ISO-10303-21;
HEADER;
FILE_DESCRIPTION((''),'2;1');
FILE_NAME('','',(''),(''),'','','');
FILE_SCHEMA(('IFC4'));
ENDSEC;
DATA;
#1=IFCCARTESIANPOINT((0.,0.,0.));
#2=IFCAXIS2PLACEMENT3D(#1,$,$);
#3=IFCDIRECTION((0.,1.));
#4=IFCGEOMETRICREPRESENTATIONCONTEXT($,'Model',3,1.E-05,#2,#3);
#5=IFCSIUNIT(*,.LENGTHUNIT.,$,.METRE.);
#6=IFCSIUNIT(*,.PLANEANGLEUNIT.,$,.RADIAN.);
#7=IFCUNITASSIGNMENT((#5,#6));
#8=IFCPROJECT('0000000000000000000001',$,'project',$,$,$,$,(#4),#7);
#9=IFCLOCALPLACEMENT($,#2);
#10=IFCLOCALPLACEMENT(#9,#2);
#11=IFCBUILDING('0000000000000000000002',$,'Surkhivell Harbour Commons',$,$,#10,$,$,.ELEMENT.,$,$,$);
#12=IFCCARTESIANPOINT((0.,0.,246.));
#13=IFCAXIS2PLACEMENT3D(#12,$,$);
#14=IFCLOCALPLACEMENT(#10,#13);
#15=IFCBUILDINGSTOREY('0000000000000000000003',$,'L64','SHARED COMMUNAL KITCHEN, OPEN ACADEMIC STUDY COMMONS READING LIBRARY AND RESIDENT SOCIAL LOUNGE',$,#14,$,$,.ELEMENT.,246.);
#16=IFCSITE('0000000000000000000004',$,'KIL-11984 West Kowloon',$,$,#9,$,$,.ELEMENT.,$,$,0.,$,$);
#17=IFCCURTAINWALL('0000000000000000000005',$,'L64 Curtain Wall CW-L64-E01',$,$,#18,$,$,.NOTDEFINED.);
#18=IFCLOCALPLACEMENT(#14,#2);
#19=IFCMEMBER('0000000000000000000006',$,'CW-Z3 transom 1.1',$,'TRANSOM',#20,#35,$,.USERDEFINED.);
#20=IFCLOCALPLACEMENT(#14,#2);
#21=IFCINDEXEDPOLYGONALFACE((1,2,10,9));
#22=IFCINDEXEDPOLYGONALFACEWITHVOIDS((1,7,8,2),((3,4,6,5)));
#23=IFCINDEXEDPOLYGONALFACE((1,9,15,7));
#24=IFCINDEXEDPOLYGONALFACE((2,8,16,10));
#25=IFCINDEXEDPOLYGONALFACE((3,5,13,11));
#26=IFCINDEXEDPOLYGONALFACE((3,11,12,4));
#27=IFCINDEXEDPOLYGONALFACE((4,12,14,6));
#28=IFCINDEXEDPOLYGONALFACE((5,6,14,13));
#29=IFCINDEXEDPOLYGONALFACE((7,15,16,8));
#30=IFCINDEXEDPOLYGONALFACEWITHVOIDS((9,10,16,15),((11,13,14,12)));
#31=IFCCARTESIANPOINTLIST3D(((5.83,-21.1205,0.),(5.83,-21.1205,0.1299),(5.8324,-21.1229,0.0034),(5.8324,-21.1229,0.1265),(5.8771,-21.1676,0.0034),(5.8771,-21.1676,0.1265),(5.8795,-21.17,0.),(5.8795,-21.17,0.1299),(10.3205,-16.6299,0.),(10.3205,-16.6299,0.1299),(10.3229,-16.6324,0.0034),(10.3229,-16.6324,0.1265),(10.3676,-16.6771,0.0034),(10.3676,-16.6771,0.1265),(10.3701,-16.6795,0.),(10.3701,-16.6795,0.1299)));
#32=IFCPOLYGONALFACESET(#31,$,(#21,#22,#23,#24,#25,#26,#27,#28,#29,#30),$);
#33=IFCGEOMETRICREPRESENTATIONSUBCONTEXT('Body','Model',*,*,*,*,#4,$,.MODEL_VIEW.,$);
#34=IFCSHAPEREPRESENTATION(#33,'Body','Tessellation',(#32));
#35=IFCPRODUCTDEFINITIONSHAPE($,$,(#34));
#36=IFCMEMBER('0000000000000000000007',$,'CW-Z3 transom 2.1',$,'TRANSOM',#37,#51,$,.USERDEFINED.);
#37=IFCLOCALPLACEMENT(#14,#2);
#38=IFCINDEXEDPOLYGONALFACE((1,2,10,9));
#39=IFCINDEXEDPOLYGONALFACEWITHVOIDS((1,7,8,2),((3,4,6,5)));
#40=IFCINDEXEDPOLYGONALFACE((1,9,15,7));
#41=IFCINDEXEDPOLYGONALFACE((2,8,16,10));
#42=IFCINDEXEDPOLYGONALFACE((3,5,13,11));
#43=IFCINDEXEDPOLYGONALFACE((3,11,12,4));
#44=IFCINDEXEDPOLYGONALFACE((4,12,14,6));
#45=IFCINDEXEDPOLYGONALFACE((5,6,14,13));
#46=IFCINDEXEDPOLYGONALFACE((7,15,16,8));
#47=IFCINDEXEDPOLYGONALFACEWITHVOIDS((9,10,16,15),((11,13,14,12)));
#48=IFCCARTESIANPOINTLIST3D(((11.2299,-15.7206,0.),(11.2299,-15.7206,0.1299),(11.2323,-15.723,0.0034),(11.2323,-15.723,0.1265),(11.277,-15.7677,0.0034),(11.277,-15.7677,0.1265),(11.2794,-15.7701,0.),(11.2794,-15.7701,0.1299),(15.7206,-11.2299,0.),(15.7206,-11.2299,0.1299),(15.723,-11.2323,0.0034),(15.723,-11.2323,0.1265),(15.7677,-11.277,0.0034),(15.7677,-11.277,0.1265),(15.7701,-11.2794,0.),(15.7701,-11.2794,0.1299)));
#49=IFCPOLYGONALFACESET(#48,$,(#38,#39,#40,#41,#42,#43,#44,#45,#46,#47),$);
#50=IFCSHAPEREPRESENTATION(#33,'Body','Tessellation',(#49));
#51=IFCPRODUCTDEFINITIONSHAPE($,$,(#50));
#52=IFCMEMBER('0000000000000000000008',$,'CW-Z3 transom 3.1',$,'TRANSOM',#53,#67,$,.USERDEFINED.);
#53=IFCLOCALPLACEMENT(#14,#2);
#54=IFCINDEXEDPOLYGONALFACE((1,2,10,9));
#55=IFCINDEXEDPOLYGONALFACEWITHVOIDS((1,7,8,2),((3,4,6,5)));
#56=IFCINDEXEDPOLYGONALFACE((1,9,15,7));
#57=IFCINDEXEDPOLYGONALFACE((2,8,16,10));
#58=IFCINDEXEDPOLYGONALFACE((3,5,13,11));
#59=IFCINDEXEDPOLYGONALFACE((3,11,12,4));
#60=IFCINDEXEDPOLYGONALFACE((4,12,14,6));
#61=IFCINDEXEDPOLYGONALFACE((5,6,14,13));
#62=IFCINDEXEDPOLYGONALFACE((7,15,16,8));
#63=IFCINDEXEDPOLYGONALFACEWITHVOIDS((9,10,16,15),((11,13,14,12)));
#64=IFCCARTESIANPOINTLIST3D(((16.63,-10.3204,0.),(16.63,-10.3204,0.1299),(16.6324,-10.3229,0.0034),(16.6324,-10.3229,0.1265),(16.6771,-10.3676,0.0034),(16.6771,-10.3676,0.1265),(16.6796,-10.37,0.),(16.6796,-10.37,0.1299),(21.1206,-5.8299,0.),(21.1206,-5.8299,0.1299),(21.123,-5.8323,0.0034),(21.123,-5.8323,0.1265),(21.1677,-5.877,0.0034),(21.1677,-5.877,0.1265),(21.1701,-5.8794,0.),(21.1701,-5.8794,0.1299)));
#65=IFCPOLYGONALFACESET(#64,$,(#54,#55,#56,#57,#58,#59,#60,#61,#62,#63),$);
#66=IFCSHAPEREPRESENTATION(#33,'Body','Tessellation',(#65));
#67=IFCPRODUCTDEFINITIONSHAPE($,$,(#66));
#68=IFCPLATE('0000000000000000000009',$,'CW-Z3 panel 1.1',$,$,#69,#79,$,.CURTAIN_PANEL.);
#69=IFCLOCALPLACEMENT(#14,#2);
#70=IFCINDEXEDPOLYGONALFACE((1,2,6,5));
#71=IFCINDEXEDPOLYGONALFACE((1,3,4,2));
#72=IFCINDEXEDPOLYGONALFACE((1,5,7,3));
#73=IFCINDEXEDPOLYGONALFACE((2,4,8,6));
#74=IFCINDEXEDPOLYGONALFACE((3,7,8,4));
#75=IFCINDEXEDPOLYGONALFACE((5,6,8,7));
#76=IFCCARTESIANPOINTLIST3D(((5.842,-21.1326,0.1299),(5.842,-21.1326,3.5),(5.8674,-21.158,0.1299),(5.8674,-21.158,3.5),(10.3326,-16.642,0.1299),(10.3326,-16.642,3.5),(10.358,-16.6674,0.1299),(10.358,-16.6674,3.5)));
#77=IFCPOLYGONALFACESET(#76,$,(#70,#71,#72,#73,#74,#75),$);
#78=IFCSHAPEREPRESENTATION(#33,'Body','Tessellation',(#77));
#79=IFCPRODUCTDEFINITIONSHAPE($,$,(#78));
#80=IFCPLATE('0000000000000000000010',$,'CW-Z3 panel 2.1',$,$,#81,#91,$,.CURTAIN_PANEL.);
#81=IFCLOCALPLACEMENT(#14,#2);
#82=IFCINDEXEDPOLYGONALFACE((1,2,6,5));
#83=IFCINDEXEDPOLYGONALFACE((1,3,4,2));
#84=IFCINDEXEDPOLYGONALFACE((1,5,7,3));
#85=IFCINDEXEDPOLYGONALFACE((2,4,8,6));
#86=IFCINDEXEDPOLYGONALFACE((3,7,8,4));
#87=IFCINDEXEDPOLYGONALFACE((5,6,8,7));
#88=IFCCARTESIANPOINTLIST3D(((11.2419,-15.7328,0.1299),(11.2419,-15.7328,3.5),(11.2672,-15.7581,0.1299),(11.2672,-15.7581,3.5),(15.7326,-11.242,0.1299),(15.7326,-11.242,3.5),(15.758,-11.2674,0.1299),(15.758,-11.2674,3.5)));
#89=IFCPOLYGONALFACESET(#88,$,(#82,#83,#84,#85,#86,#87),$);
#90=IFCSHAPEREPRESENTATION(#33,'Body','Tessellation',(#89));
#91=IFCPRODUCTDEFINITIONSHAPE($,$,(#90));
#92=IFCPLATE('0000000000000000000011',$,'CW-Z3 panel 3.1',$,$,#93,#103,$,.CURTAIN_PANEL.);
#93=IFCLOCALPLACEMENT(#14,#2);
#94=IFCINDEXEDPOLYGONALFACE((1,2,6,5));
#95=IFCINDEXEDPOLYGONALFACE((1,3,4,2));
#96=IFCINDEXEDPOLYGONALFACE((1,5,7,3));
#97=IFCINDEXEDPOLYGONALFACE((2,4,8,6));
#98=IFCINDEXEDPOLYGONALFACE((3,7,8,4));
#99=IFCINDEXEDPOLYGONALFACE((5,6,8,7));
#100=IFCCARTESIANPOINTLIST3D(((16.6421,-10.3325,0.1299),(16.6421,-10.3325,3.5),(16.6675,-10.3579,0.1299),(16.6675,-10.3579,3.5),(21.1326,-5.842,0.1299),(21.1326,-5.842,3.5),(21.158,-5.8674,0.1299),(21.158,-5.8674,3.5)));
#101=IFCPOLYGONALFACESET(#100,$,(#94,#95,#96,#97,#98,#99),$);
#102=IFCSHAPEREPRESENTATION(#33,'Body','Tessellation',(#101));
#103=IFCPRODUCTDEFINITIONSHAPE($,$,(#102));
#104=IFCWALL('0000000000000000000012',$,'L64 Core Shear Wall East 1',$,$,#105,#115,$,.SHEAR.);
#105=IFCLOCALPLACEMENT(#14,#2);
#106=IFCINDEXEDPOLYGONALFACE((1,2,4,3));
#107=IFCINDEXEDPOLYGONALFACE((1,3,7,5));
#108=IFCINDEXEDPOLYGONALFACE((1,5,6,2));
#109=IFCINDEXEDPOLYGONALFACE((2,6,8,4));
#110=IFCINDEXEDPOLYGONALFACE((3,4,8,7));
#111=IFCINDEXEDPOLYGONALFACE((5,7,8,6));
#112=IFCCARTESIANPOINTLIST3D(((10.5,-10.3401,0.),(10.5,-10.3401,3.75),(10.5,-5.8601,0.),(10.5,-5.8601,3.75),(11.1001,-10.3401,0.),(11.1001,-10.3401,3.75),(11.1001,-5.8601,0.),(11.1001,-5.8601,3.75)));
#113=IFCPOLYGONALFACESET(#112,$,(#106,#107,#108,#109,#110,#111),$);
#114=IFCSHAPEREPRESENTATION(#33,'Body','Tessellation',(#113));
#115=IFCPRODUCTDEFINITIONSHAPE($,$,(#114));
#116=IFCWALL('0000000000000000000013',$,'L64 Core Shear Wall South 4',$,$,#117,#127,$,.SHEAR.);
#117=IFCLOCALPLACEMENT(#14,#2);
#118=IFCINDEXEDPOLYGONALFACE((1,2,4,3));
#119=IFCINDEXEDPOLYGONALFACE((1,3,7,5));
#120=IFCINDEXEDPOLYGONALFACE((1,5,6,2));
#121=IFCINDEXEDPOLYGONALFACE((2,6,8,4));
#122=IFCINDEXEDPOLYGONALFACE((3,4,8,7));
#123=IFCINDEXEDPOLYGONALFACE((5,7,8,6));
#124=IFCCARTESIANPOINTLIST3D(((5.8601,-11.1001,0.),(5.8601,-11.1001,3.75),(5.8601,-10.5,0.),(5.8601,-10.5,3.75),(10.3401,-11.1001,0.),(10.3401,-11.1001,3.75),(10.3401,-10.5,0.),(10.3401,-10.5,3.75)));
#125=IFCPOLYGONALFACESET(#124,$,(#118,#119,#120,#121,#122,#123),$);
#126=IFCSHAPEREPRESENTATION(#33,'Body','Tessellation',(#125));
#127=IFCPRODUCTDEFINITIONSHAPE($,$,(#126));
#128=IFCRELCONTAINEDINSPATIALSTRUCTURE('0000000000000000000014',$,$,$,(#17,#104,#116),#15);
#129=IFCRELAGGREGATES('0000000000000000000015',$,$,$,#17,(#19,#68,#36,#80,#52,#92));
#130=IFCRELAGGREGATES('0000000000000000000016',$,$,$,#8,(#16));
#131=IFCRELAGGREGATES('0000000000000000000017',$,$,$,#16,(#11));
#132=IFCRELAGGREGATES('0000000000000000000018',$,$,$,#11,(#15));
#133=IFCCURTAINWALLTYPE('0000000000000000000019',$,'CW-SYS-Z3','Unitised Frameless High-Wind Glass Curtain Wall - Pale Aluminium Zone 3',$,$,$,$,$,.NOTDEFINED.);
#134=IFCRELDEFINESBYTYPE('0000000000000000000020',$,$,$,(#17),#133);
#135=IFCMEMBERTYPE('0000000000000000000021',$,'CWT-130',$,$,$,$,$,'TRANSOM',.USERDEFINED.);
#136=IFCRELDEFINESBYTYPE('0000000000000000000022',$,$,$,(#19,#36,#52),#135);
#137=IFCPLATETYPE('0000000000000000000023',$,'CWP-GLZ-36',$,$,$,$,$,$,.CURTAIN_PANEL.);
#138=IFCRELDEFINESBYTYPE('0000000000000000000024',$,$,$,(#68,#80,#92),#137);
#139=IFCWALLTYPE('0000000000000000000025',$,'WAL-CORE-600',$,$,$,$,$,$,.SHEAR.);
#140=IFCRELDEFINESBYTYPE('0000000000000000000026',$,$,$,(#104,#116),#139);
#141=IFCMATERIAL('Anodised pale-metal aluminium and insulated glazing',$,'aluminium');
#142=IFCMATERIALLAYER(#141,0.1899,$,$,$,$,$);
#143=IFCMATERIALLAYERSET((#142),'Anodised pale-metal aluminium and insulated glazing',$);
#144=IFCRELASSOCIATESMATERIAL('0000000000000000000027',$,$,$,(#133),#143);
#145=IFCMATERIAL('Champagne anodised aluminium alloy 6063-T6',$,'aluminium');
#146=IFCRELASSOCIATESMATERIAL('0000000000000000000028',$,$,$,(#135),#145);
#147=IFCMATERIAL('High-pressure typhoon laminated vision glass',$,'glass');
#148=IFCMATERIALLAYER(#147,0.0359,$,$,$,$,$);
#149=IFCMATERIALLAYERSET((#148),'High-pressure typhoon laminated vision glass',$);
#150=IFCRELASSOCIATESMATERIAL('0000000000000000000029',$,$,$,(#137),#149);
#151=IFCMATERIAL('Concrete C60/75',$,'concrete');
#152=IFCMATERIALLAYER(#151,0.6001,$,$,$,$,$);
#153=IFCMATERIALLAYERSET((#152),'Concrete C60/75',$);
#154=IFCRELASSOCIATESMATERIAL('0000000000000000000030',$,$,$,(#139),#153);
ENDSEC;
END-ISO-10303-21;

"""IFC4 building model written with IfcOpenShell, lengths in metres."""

from ifc_helpers import new_model, si_unit, direction, frame, frame_2d, origin, origin_2d, place, context, subcontext, project, spatial, rectangle, hollow_rectangle, extrude, material, layer, layer_set, material_profile, profile_set, type_object, element, aggregate, save


model = new_model("IFC4")

# Units and contexts
model_context = context("Model", 3, precision=1e-05, world=origin(), true_north=direction((0.0, 1.0)))
body_context = subcontext(model_context, "Body", "Model", "MODEL_VIEW")
ifc_project = project(units=[si_unit("LENGTHUNIT", "METRE"), si_unit("PLANEANGLEUNIT", "RADIAN")], contexts=[model_context])

# Site, building, storey
site_placement = place(None, origin())
site = spatial("IfcSite", under=ifc_project, at=site_placement, Name="KIL-11984 West Kowloon", CompositionType="ELEMENT", RefElevation=0.0)
building_placement = place(site_placement, origin())
building = spatial("IfcBuilding", under=site, at=building_placement, Name="Surkhivell Harbour Commons", CompositionType="ELEMENT")
storey_placement = place(building_placement, frame((0.0, 0.0, 246.0)))
storey = spatial("IfcBuildingStorey", under=building, at=storey_placement, Name="L64", Description="SHARED COMMUNAL KITCHEN, OPEN ACADEMIC STUDY COMMONS READING LIBRARY AND RESIDENT SOCIAL LOUNGE", CompositionType="ELEMENT", Elevation=246.0)

# Shared definitions
ifc_material_1 = material(Name="Concrete C60/75", Category="concrete")

# Curtain wall, members, plates
ifc_material_2 = material(Name="Anodised pale-metal aluminium and insulated glazing", Category="aluminium")
ifc_layer_1 = layer(ifc_material_2, 0.1899)
ifc_layer_set_1 = layer_set([ifc_layer_1], Name="Anodised pale-metal aluminium and insulated glazing")
curtain_wall_type = type_object("IfcCurtainWallType", Name="CW-SYS-Z3", Description="Unitised Frameless High-Wind Glass Curtain Wall - Pale Aluminium Zone 3", PredefinedType="NOTDEFINED", material=ifc_layer_set_1)
curtain_wall_placement = place(storey_placement, origin())
curtain_wall = element("IfcCurtainWall", 1, at=curtain_wall_placement, inside=storey, type_object=curtain_wall_type, Name="L64 Curtain Wall CW-L64-E01", PredefinedType="NOTDEFINED")
ifc_material_3 = material(Name="Champagne anodised aluminium alloy 6063-T6", Category="aluminium")
ifc_material_profile_1 = material_profile(ifc_material_3, hollow_rectangle(XDim=0.0701, YDim=0.1299, WallThickness=0.0034, at=origin_2d()), Name="ALU-TRAN-70x130")
ifc_profile_set_1 = profile_set([ifc_material_profile_1], Name="Champagne anodised aluminium alloy 6063-T6")
member_type_1 = type_object("IfcMemberType", Name="CWT-130", ElementType="TRANSOM", PredefinedType="USERDEFINED", material=ifc_profile_set_1)
member_1_placement = place(storey_placement, frame((5.8547, -21.1453, 0.0649), z_axis=(0.707107, 0.707107, 0.0), x_axis=(-0.707107, 0.707107, 0.0)))
member_1 = element("IfcMember", 2, at=member_1_placement, type_object=member_type_1, Name="CW-Z3 transom 1.1", ObjectType="TRANSOM", PredefinedType="USERDEFINED", context=body_context, shape_type="SweptSolid", body=[
    extrude(hollow_rectangle(XDim=0.0701, YDim=0.1299, WallThickness=0.0034, at=origin_2d()), origin(), (0.0, 0.0, 1.0), 6.3506),
])
member_2_placement = place(storey_placement, frame((11.2546, -15.7454, 0.0649), z_axis=(0.707107, 0.707107, 0.0), x_axis=(-0.707107, 0.707107, 0.0)))
member_2 = element("IfcMember", 3, at=member_2_placement, type_object=member_type_1, Name="CW-Z3 transom 2.1", ObjectType="TRANSOM", PredefinedType="USERDEFINED", context=body_context, shape_type="SweptSolid", body=[
    extrude(hollow_rectangle(XDim=0.0701, YDim=0.1299, WallThickness=0.0034, at=origin_2d()), origin(), (0.0, 0.0, 1.0), 6.3508),
])
member_3_placement = place(storey_placement, frame((16.6548, -10.3452, 0.0649), z_axis=(0.707107, 0.707107, 0.0), x_axis=(-0.707107, 0.707107, 0.0)))
member_3 = element("IfcMember", 4, at=member_3_placement, type_object=member_type_1, Name="CW-Z3 transom 3.1", ObjectType="TRANSOM", PredefinedType="USERDEFINED", context=body_context, shape_type="SweptSolid", body=[
    extrude(hollow_rectangle(XDim=0.0701, YDim=0.1299, WallThickness=0.0034, at=origin_2d()), origin(), (0.0, 0.0, 1.0), 6.3506),
])
ifc_material_4 = material(Name="High-pressure typhoon laminated vision glass", Category="glass")
ifc_layer_2 = layer(ifc_material_4, 0.0359)
ifc_layer_set_2 = layer_set([ifc_layer_2], Name="High-pressure typhoon laminated vision glass")
plate_type = type_object("IfcPlateType", Name="CWP-GLZ-36", PredefinedType="CURTAIN_PANEL", material=ifc_layer_set_2)
plate_1_placement = place(storey_placement, frame((5.8547, -21.1453, 0.1299), z_axis=(0.0, 0.0, 1.0), x_axis=(0.707107, 0.707107, 0.0)))
plate_1 = element("IfcPlate", 5, at=plate_1_placement, type_object=plate_type, Name="CW-Z3 panel 1.1", PredefinedType="CURTAIN_PANEL", context=body_context, shape_type="SweptSolid", body=[
    extrude(rectangle(XDim=6.3506, YDim=0.0359, at=frame_2d((3.1753, 0.0))), origin(), (0.0, 0.0, 1.0), 3.3701),
])
plate_2_placement = place(storey_placement, frame((11.2546, -15.7454, 0.1299), z_axis=(0.0, 0.0, 1.0), x_axis=(0.707107, 0.707107, 0.0)))
plate_2 = element("IfcPlate", 6, at=plate_2_placement, type_object=plate_type, Name="CW-Z3 panel 2.1", PredefinedType="CURTAIN_PANEL", context=body_context, shape_type="SweptSolid", body=[
    extrude(rectangle(XDim=6.3508, YDim=0.0359, at=frame_2d((3.1753, 0.0))), origin(), (0.0, 0.0, 1.0), 3.3701),
])
plate_3_placement = place(storey_placement, frame((16.6548, -10.3452, 0.1299), z_axis=(0.0, 0.0, 1.0), x_axis=(0.707107, 0.707107, 0.0)))
plate_3 = element("IfcPlate", 7, at=plate_3_placement, type_object=plate_type, Name="CW-Z3 panel 3.1", PredefinedType="CURTAIN_PANEL", context=body_context, shape_type="SweptSolid", body=[
    extrude(rectangle(XDim=6.3506, YDim=0.0359, at=frame_2d((3.1753, 0.0))), origin(), (0.0, 0.0, 1.0), 3.3701),
])
aggregate(curtain_wall, [member_1, plate_1, member_2, plate_2, member_3, plate_3])

# Walls
ifc_layer_3 = layer(ifc_material_1, 0.6001)
ifc_layer_set_3 = layer_set([ifc_layer_3], Name="Concrete C60/75")
wall_type_1 = type_object("IfcWallType", Name="WAL-CORE-600", PredefinedType="SHEAR", material=ifc_layer_set_3)
for number, where, z_axis, x_axis, name in (
    (8, (10.8, -10.3401, 0.0), (0.0, 0.0, 1.0), (0.0, 1.0, 0.0), "L64 Core Shear Wall East 1"),
    (9, (5.8601, -10.8, 0.0), (0.0, 0.0, 1.0), (1.0, 0.0, 0.0), "L64 Core Shear Wall South 4"),
):
    element("IfcWall", number, at=place(storey_placement, frame(where, z_axis=z_axis, x_axis=x_axis)), inside=storey, type_object=wall_type_1, Name=name, PredefinedType="SHEAR", context=body_context, shape_type="SweptSolid", body=[
        extrude(rectangle(XDim=4.48, YDim=0.6001, at=frame_2d((2.24, 0.0))), origin(), (0.0, 0.0, 1.0), 3.75),
    ])

save(model, "model.ifc")
